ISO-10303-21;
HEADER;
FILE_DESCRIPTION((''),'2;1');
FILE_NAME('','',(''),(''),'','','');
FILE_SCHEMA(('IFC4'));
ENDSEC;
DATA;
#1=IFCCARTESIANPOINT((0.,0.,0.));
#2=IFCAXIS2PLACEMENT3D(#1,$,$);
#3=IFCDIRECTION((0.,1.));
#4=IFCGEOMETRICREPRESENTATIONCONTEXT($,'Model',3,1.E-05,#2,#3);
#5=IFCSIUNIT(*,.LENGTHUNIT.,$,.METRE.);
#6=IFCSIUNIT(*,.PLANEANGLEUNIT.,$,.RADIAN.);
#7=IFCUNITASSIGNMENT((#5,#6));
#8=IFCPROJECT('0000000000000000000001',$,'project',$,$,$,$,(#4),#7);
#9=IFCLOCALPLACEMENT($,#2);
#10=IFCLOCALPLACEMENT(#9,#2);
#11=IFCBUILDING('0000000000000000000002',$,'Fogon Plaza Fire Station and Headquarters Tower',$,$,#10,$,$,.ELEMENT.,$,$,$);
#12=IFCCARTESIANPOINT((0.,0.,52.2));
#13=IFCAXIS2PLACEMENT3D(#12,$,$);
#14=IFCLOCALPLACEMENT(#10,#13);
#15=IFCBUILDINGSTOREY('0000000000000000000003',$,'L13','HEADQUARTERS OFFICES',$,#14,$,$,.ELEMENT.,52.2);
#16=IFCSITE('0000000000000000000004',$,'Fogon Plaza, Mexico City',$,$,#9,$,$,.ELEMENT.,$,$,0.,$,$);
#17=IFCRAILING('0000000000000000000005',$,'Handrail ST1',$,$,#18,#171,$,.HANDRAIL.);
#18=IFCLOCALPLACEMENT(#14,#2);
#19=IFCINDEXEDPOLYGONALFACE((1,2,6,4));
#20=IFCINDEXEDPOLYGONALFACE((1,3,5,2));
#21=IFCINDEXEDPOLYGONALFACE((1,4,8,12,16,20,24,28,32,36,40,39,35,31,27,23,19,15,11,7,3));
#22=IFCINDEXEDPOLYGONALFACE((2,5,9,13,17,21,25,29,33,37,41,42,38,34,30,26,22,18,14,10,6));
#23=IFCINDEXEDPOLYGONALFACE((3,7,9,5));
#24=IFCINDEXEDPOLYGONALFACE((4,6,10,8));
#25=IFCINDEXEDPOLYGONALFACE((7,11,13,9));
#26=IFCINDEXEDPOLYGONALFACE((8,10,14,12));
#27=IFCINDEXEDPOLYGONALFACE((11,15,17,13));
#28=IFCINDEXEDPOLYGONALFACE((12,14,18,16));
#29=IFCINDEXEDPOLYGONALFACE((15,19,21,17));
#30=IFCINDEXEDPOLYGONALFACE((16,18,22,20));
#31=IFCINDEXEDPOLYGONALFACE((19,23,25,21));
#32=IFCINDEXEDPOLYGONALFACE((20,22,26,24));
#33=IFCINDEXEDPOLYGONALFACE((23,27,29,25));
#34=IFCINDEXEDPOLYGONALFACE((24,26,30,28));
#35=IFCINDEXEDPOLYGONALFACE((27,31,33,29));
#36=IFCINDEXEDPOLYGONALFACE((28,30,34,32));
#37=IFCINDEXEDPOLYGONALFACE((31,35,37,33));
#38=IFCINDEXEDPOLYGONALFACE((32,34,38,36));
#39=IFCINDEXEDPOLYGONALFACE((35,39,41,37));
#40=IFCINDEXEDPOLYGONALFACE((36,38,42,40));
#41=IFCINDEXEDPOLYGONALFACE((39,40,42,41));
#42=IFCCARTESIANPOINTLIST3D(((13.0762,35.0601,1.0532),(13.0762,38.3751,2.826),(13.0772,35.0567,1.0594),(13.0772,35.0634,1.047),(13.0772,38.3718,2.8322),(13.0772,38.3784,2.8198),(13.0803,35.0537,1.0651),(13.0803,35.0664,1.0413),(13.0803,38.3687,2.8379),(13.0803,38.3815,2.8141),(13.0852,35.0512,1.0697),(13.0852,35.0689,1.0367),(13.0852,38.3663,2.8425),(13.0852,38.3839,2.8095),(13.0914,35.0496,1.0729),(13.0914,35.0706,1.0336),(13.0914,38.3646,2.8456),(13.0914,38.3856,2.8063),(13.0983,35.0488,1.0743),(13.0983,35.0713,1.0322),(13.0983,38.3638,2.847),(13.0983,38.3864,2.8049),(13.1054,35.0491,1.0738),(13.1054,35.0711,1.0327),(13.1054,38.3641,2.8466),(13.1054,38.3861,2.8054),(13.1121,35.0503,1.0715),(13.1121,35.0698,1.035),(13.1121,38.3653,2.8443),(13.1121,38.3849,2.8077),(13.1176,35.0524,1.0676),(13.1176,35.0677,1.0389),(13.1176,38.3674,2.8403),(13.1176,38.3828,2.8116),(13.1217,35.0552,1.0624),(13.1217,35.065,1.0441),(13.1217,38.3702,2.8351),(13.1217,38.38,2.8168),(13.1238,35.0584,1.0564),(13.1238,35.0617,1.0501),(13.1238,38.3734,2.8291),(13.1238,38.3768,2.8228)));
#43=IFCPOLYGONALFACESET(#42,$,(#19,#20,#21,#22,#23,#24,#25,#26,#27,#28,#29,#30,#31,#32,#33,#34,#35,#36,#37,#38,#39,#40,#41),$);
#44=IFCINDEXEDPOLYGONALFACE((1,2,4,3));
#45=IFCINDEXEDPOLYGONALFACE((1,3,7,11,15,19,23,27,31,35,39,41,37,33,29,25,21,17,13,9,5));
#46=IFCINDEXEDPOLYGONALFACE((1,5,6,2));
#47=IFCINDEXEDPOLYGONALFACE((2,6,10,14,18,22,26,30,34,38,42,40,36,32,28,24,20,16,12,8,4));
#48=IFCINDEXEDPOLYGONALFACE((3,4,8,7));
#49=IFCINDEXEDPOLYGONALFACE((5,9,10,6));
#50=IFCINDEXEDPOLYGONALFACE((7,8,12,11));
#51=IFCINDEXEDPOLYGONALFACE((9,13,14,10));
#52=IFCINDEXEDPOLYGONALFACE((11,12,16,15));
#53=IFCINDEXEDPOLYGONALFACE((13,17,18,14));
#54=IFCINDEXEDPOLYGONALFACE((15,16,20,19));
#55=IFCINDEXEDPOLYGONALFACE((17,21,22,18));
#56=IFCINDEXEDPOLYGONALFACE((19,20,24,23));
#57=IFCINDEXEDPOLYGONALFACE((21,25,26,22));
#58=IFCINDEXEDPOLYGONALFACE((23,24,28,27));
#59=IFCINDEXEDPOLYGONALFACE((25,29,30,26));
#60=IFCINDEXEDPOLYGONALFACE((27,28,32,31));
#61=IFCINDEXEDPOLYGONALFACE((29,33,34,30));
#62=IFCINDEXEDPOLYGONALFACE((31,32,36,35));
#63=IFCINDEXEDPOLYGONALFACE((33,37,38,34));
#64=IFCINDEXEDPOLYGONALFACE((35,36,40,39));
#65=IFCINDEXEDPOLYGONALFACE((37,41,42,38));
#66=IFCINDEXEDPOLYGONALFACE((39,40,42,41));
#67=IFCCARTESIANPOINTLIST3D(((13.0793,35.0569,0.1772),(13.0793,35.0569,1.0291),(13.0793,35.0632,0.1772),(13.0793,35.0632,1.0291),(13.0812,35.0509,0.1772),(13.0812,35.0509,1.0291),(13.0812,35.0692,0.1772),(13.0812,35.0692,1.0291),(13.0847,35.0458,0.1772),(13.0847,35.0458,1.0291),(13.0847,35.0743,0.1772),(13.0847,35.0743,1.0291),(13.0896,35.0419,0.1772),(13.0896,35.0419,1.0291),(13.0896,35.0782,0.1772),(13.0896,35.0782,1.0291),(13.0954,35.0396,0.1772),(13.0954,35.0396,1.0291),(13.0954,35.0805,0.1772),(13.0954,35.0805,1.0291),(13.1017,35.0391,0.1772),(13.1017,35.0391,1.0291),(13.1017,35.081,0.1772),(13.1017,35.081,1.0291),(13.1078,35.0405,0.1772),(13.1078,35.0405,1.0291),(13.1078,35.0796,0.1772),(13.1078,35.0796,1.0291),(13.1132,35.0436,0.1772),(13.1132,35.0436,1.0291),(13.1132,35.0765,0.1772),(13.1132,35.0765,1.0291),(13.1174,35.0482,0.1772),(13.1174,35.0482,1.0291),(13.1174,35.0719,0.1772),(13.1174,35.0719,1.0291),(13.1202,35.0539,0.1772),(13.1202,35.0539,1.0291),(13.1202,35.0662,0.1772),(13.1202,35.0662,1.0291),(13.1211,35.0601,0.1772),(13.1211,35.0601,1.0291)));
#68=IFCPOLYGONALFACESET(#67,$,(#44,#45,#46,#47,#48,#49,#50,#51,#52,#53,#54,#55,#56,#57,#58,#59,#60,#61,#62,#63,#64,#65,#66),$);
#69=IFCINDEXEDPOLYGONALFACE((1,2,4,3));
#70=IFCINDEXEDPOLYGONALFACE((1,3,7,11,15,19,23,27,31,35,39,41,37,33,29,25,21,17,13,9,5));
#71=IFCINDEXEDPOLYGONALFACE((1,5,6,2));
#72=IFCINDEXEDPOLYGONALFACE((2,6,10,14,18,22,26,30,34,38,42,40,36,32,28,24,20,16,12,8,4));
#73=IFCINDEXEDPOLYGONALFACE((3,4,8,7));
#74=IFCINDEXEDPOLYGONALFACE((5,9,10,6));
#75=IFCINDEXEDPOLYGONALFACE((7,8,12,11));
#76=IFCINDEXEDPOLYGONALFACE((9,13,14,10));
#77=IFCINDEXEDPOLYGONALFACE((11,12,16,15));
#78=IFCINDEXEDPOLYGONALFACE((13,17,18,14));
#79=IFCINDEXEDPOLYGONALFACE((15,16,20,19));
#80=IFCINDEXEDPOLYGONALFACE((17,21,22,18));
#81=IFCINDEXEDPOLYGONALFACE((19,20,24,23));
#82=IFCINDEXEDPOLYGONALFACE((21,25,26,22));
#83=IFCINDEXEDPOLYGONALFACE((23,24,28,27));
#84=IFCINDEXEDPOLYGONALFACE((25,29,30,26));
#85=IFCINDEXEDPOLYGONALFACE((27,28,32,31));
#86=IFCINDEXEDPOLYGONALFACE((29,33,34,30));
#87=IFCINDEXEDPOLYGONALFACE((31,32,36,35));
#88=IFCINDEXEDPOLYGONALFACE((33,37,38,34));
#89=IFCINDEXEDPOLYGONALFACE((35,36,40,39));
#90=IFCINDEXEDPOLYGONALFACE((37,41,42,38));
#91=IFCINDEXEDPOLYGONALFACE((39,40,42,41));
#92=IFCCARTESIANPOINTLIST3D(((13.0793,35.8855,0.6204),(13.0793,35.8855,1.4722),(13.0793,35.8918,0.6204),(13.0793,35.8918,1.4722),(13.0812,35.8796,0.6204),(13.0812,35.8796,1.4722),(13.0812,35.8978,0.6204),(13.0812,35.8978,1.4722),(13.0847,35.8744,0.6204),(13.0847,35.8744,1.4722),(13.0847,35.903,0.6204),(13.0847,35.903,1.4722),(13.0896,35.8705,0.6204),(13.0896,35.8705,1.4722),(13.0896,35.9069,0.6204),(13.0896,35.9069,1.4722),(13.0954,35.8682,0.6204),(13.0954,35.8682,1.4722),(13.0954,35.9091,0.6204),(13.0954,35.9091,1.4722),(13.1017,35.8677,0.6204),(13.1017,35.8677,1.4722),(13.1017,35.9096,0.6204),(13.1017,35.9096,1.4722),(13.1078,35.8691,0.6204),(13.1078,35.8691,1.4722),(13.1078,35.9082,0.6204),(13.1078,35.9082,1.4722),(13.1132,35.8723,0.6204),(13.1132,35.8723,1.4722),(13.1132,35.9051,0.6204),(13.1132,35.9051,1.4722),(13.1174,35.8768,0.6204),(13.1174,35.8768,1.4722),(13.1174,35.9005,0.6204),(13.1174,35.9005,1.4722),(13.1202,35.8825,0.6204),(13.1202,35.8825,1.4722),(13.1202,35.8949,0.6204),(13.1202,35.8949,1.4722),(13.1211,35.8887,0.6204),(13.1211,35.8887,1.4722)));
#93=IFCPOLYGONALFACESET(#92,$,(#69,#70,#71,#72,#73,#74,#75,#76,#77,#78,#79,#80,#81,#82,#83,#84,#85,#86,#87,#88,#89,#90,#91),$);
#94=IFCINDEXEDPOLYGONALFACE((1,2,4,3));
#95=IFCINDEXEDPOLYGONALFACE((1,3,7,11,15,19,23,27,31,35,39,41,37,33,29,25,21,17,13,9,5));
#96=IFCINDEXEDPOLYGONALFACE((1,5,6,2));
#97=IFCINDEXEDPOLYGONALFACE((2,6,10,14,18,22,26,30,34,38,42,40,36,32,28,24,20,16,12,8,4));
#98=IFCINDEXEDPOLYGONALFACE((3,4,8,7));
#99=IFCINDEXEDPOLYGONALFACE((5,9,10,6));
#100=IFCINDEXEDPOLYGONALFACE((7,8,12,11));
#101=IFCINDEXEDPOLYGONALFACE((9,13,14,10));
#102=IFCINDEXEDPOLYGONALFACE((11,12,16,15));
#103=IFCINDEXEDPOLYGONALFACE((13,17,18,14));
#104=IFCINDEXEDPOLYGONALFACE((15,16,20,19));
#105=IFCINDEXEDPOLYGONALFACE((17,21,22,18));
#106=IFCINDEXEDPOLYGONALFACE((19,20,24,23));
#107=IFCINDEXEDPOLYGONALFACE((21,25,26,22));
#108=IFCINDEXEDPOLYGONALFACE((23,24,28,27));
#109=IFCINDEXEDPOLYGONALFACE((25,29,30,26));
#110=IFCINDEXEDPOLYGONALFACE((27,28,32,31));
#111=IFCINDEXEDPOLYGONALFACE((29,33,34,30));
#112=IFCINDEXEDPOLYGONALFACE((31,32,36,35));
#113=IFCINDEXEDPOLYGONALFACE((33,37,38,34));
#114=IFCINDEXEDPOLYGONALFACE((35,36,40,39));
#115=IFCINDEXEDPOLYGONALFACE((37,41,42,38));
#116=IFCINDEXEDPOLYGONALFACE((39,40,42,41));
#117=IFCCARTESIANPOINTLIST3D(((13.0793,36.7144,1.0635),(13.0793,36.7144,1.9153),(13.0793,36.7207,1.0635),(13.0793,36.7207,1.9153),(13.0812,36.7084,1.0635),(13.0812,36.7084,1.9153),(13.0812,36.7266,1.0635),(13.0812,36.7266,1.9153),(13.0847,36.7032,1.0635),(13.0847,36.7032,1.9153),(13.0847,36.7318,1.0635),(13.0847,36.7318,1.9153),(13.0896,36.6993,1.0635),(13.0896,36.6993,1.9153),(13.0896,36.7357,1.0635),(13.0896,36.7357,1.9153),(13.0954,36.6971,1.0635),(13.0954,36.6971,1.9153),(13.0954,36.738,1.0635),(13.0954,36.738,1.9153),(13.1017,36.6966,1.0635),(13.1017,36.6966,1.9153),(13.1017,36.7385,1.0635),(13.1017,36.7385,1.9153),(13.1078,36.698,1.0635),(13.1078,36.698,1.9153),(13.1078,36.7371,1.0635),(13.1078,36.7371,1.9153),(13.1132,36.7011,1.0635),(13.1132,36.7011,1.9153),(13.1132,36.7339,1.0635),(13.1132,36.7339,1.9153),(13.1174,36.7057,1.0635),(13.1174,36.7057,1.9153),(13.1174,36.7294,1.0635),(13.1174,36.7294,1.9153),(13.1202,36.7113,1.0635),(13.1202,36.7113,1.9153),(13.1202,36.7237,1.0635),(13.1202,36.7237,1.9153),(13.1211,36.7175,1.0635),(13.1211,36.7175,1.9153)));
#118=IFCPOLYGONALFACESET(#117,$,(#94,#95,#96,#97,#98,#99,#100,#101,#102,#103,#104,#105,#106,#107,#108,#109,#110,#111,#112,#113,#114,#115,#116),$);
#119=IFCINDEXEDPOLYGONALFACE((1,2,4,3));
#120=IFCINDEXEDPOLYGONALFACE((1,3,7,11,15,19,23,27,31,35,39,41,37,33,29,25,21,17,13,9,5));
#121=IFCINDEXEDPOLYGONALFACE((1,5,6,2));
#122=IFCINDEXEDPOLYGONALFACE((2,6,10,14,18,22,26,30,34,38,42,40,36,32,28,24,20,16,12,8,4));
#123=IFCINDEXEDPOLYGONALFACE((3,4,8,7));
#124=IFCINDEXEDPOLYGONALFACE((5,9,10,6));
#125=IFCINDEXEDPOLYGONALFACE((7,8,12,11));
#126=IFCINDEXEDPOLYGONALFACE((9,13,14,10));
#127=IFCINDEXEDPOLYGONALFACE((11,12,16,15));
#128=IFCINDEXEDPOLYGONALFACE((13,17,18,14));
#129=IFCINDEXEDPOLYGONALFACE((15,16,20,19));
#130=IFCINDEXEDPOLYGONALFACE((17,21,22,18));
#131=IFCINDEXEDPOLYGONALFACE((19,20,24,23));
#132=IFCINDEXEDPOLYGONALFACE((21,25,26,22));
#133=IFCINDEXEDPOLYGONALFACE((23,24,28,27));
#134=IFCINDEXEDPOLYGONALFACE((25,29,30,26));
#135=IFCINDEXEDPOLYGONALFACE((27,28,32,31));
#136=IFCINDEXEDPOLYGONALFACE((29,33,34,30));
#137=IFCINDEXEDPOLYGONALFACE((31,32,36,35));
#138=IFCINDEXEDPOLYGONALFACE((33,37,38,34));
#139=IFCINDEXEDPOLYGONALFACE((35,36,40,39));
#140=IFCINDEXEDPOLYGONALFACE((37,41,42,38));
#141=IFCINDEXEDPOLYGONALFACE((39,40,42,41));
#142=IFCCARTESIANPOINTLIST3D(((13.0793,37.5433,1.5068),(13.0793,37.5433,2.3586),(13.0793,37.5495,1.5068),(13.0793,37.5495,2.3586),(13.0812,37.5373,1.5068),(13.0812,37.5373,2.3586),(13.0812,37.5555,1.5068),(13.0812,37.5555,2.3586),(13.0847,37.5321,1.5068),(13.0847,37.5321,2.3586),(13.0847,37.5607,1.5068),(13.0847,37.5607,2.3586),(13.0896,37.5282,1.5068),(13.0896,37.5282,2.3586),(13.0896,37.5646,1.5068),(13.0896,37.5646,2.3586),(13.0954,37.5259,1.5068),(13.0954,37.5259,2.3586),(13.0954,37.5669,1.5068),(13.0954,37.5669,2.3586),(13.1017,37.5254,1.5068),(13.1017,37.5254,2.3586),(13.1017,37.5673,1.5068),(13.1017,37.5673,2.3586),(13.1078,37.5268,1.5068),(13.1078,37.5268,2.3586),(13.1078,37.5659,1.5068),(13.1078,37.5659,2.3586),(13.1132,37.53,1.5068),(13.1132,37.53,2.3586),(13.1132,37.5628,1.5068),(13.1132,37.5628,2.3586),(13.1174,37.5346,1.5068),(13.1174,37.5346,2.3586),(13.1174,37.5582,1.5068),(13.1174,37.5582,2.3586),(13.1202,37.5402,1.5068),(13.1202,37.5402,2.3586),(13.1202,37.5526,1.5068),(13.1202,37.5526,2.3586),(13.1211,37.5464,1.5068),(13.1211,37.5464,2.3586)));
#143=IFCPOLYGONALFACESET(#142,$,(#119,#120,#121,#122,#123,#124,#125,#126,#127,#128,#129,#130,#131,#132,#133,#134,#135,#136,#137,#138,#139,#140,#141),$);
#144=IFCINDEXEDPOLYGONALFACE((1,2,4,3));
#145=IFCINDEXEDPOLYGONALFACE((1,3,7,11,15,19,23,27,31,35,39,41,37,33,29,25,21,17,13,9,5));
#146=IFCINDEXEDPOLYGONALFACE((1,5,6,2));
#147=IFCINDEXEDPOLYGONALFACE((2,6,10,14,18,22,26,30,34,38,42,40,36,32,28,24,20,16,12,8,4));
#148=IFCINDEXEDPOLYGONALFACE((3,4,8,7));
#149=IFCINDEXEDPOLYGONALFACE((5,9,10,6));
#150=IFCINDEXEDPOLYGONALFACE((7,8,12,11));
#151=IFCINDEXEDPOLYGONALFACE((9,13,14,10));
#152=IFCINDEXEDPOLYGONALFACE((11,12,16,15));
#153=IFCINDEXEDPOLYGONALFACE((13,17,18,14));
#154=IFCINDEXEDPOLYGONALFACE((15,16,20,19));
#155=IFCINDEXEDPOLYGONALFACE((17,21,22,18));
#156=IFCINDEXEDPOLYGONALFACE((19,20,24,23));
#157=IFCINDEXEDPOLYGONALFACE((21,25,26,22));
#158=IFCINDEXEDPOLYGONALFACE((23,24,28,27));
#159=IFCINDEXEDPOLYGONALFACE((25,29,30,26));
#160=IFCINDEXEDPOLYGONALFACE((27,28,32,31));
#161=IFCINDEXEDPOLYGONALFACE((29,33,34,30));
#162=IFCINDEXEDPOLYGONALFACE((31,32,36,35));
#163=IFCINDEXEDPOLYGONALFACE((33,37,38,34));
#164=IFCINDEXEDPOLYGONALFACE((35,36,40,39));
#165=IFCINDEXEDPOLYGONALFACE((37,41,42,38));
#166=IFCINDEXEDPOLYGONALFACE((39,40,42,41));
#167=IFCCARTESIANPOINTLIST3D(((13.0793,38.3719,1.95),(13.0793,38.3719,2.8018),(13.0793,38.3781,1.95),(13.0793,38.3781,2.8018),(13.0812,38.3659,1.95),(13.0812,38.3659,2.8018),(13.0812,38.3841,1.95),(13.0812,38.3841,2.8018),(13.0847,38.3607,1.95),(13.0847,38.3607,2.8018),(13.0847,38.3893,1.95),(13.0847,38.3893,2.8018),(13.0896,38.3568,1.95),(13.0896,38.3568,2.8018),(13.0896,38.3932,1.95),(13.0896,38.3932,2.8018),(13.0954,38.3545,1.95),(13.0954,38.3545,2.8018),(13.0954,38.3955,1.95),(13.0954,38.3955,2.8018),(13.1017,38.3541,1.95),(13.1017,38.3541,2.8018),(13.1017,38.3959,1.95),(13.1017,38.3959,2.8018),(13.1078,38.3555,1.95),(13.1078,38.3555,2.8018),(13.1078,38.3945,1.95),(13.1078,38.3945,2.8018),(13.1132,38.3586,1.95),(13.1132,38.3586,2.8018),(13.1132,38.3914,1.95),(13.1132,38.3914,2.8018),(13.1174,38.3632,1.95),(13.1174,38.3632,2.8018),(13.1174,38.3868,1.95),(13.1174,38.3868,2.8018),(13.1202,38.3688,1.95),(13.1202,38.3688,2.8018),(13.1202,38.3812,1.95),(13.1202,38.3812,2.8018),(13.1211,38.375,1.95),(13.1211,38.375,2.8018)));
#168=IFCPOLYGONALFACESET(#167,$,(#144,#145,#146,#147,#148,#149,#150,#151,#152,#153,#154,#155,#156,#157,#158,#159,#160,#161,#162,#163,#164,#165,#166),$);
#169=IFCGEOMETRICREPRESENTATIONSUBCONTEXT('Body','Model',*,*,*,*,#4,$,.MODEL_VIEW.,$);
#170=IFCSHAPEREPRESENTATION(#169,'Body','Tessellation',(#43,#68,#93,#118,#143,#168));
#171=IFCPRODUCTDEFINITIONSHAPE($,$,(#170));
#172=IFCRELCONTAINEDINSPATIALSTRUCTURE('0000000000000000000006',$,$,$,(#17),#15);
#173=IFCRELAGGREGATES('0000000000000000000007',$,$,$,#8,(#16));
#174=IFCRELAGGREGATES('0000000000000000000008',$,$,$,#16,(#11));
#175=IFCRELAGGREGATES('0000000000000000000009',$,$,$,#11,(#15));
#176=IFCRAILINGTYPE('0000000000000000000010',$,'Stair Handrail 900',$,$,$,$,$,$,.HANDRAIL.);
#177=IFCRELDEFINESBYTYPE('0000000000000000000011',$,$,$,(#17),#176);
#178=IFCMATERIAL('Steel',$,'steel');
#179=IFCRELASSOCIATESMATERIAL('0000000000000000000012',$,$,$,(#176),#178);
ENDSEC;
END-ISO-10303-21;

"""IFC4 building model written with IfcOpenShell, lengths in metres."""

from ifc_helpers import new_model, si_unit, direction, frame, origin, origin_2d, place, context, subcontext, project, spatial, circle, extrude, material, type_object, element, save


model = new_model("IFC4")

# Units and contexts
model_context = context("Model", 3, precision=1e-05, world=origin(), true_north=direction((0.0, 1.0)))
body_context = subcontext(model_context, "Body", "Model", "MODEL_VIEW")
ifc_project = project(units=[si_unit("LENGTHUNIT", "METRE"), si_unit("PLANEANGLEUNIT", "RADIAN")], contexts=[model_context])

# Site, building, storey
site_placement = place(None, origin())
site = spatial("IfcSite", under=ifc_project, at=site_placement, Name="Fogon Plaza, Mexico City", CompositionType="ELEMENT", RefElevation=0.0)
building_placement = place(site_placement, origin())
building = spatial("IfcBuilding", under=site, at=building_placement, Name="Fogon Plaza Fire Station and Headquarters Tower", CompositionType="ELEMENT")
storey_placement = place(building_placement, frame((0.0, 0.0, 52.2)))
storey = spatial("IfcBuildingStorey", under=building, at=storey_placement, Name="L13", Description="HEADQUARTERS OFFICES", CompositionType="ELEMENT", Elevation=52.2)

# Railing
ifc_material_1 = material(Name="Steel", Category="steel")
railing_type = type_object("IfcRailingType", Name="Stair Handrail 900", PredefinedType="HANDRAIL", material=ifc_material_1)
for number, where, name in (
    (1, (13.1001, 35.0601, 0.1772), "Handrail ST1"),
):
    element("IfcRailing", number, at=place(storey_placement, frame(where)), inside=storey, type_object=railing_type, Name=name, PredefinedType="HANDRAIL", context=body_context, shape_type="SweptSolid", body=[
        extrude(circle(Radius=0.0239, at=origin_2d()), frame((0.0, 0.0, 0.876), z_axis=(0.0, 0.881829, 0.471569), x_axis=(-1.0, 0.0, 0.0)), (0.0, 0.0, 1.0), 3.7593),
        extrude(circle(Radius=0.021, at=origin_2d()), origin(), (0.0, 0.0, 1.0), 0.8518),
        extrude(circle(Radius=0.021, at=origin_2d()), frame((0.0, 0.8286, 0.4431)), (0.0, 0.0, 1.0), 0.8518),
        extrude(circle(Radius=0.021, at=origin_2d()), frame((0.0, 1.6575, 0.8862)), (0.0, 0.0, 1.0), 0.8518),
        extrude(circle(Radius=0.021, at=origin_2d()), frame((0.0, 2.4863, 1.3296)), (0.0, 0.0, 1.0), 0.8518),
        extrude(circle(Radius=0.021, at=origin_2d()), frame((0.0, 3.3149, 1.7727)), (0.0, 0.0, 1.0), 0.8518),
    ])

save(model, "model.ifc")
